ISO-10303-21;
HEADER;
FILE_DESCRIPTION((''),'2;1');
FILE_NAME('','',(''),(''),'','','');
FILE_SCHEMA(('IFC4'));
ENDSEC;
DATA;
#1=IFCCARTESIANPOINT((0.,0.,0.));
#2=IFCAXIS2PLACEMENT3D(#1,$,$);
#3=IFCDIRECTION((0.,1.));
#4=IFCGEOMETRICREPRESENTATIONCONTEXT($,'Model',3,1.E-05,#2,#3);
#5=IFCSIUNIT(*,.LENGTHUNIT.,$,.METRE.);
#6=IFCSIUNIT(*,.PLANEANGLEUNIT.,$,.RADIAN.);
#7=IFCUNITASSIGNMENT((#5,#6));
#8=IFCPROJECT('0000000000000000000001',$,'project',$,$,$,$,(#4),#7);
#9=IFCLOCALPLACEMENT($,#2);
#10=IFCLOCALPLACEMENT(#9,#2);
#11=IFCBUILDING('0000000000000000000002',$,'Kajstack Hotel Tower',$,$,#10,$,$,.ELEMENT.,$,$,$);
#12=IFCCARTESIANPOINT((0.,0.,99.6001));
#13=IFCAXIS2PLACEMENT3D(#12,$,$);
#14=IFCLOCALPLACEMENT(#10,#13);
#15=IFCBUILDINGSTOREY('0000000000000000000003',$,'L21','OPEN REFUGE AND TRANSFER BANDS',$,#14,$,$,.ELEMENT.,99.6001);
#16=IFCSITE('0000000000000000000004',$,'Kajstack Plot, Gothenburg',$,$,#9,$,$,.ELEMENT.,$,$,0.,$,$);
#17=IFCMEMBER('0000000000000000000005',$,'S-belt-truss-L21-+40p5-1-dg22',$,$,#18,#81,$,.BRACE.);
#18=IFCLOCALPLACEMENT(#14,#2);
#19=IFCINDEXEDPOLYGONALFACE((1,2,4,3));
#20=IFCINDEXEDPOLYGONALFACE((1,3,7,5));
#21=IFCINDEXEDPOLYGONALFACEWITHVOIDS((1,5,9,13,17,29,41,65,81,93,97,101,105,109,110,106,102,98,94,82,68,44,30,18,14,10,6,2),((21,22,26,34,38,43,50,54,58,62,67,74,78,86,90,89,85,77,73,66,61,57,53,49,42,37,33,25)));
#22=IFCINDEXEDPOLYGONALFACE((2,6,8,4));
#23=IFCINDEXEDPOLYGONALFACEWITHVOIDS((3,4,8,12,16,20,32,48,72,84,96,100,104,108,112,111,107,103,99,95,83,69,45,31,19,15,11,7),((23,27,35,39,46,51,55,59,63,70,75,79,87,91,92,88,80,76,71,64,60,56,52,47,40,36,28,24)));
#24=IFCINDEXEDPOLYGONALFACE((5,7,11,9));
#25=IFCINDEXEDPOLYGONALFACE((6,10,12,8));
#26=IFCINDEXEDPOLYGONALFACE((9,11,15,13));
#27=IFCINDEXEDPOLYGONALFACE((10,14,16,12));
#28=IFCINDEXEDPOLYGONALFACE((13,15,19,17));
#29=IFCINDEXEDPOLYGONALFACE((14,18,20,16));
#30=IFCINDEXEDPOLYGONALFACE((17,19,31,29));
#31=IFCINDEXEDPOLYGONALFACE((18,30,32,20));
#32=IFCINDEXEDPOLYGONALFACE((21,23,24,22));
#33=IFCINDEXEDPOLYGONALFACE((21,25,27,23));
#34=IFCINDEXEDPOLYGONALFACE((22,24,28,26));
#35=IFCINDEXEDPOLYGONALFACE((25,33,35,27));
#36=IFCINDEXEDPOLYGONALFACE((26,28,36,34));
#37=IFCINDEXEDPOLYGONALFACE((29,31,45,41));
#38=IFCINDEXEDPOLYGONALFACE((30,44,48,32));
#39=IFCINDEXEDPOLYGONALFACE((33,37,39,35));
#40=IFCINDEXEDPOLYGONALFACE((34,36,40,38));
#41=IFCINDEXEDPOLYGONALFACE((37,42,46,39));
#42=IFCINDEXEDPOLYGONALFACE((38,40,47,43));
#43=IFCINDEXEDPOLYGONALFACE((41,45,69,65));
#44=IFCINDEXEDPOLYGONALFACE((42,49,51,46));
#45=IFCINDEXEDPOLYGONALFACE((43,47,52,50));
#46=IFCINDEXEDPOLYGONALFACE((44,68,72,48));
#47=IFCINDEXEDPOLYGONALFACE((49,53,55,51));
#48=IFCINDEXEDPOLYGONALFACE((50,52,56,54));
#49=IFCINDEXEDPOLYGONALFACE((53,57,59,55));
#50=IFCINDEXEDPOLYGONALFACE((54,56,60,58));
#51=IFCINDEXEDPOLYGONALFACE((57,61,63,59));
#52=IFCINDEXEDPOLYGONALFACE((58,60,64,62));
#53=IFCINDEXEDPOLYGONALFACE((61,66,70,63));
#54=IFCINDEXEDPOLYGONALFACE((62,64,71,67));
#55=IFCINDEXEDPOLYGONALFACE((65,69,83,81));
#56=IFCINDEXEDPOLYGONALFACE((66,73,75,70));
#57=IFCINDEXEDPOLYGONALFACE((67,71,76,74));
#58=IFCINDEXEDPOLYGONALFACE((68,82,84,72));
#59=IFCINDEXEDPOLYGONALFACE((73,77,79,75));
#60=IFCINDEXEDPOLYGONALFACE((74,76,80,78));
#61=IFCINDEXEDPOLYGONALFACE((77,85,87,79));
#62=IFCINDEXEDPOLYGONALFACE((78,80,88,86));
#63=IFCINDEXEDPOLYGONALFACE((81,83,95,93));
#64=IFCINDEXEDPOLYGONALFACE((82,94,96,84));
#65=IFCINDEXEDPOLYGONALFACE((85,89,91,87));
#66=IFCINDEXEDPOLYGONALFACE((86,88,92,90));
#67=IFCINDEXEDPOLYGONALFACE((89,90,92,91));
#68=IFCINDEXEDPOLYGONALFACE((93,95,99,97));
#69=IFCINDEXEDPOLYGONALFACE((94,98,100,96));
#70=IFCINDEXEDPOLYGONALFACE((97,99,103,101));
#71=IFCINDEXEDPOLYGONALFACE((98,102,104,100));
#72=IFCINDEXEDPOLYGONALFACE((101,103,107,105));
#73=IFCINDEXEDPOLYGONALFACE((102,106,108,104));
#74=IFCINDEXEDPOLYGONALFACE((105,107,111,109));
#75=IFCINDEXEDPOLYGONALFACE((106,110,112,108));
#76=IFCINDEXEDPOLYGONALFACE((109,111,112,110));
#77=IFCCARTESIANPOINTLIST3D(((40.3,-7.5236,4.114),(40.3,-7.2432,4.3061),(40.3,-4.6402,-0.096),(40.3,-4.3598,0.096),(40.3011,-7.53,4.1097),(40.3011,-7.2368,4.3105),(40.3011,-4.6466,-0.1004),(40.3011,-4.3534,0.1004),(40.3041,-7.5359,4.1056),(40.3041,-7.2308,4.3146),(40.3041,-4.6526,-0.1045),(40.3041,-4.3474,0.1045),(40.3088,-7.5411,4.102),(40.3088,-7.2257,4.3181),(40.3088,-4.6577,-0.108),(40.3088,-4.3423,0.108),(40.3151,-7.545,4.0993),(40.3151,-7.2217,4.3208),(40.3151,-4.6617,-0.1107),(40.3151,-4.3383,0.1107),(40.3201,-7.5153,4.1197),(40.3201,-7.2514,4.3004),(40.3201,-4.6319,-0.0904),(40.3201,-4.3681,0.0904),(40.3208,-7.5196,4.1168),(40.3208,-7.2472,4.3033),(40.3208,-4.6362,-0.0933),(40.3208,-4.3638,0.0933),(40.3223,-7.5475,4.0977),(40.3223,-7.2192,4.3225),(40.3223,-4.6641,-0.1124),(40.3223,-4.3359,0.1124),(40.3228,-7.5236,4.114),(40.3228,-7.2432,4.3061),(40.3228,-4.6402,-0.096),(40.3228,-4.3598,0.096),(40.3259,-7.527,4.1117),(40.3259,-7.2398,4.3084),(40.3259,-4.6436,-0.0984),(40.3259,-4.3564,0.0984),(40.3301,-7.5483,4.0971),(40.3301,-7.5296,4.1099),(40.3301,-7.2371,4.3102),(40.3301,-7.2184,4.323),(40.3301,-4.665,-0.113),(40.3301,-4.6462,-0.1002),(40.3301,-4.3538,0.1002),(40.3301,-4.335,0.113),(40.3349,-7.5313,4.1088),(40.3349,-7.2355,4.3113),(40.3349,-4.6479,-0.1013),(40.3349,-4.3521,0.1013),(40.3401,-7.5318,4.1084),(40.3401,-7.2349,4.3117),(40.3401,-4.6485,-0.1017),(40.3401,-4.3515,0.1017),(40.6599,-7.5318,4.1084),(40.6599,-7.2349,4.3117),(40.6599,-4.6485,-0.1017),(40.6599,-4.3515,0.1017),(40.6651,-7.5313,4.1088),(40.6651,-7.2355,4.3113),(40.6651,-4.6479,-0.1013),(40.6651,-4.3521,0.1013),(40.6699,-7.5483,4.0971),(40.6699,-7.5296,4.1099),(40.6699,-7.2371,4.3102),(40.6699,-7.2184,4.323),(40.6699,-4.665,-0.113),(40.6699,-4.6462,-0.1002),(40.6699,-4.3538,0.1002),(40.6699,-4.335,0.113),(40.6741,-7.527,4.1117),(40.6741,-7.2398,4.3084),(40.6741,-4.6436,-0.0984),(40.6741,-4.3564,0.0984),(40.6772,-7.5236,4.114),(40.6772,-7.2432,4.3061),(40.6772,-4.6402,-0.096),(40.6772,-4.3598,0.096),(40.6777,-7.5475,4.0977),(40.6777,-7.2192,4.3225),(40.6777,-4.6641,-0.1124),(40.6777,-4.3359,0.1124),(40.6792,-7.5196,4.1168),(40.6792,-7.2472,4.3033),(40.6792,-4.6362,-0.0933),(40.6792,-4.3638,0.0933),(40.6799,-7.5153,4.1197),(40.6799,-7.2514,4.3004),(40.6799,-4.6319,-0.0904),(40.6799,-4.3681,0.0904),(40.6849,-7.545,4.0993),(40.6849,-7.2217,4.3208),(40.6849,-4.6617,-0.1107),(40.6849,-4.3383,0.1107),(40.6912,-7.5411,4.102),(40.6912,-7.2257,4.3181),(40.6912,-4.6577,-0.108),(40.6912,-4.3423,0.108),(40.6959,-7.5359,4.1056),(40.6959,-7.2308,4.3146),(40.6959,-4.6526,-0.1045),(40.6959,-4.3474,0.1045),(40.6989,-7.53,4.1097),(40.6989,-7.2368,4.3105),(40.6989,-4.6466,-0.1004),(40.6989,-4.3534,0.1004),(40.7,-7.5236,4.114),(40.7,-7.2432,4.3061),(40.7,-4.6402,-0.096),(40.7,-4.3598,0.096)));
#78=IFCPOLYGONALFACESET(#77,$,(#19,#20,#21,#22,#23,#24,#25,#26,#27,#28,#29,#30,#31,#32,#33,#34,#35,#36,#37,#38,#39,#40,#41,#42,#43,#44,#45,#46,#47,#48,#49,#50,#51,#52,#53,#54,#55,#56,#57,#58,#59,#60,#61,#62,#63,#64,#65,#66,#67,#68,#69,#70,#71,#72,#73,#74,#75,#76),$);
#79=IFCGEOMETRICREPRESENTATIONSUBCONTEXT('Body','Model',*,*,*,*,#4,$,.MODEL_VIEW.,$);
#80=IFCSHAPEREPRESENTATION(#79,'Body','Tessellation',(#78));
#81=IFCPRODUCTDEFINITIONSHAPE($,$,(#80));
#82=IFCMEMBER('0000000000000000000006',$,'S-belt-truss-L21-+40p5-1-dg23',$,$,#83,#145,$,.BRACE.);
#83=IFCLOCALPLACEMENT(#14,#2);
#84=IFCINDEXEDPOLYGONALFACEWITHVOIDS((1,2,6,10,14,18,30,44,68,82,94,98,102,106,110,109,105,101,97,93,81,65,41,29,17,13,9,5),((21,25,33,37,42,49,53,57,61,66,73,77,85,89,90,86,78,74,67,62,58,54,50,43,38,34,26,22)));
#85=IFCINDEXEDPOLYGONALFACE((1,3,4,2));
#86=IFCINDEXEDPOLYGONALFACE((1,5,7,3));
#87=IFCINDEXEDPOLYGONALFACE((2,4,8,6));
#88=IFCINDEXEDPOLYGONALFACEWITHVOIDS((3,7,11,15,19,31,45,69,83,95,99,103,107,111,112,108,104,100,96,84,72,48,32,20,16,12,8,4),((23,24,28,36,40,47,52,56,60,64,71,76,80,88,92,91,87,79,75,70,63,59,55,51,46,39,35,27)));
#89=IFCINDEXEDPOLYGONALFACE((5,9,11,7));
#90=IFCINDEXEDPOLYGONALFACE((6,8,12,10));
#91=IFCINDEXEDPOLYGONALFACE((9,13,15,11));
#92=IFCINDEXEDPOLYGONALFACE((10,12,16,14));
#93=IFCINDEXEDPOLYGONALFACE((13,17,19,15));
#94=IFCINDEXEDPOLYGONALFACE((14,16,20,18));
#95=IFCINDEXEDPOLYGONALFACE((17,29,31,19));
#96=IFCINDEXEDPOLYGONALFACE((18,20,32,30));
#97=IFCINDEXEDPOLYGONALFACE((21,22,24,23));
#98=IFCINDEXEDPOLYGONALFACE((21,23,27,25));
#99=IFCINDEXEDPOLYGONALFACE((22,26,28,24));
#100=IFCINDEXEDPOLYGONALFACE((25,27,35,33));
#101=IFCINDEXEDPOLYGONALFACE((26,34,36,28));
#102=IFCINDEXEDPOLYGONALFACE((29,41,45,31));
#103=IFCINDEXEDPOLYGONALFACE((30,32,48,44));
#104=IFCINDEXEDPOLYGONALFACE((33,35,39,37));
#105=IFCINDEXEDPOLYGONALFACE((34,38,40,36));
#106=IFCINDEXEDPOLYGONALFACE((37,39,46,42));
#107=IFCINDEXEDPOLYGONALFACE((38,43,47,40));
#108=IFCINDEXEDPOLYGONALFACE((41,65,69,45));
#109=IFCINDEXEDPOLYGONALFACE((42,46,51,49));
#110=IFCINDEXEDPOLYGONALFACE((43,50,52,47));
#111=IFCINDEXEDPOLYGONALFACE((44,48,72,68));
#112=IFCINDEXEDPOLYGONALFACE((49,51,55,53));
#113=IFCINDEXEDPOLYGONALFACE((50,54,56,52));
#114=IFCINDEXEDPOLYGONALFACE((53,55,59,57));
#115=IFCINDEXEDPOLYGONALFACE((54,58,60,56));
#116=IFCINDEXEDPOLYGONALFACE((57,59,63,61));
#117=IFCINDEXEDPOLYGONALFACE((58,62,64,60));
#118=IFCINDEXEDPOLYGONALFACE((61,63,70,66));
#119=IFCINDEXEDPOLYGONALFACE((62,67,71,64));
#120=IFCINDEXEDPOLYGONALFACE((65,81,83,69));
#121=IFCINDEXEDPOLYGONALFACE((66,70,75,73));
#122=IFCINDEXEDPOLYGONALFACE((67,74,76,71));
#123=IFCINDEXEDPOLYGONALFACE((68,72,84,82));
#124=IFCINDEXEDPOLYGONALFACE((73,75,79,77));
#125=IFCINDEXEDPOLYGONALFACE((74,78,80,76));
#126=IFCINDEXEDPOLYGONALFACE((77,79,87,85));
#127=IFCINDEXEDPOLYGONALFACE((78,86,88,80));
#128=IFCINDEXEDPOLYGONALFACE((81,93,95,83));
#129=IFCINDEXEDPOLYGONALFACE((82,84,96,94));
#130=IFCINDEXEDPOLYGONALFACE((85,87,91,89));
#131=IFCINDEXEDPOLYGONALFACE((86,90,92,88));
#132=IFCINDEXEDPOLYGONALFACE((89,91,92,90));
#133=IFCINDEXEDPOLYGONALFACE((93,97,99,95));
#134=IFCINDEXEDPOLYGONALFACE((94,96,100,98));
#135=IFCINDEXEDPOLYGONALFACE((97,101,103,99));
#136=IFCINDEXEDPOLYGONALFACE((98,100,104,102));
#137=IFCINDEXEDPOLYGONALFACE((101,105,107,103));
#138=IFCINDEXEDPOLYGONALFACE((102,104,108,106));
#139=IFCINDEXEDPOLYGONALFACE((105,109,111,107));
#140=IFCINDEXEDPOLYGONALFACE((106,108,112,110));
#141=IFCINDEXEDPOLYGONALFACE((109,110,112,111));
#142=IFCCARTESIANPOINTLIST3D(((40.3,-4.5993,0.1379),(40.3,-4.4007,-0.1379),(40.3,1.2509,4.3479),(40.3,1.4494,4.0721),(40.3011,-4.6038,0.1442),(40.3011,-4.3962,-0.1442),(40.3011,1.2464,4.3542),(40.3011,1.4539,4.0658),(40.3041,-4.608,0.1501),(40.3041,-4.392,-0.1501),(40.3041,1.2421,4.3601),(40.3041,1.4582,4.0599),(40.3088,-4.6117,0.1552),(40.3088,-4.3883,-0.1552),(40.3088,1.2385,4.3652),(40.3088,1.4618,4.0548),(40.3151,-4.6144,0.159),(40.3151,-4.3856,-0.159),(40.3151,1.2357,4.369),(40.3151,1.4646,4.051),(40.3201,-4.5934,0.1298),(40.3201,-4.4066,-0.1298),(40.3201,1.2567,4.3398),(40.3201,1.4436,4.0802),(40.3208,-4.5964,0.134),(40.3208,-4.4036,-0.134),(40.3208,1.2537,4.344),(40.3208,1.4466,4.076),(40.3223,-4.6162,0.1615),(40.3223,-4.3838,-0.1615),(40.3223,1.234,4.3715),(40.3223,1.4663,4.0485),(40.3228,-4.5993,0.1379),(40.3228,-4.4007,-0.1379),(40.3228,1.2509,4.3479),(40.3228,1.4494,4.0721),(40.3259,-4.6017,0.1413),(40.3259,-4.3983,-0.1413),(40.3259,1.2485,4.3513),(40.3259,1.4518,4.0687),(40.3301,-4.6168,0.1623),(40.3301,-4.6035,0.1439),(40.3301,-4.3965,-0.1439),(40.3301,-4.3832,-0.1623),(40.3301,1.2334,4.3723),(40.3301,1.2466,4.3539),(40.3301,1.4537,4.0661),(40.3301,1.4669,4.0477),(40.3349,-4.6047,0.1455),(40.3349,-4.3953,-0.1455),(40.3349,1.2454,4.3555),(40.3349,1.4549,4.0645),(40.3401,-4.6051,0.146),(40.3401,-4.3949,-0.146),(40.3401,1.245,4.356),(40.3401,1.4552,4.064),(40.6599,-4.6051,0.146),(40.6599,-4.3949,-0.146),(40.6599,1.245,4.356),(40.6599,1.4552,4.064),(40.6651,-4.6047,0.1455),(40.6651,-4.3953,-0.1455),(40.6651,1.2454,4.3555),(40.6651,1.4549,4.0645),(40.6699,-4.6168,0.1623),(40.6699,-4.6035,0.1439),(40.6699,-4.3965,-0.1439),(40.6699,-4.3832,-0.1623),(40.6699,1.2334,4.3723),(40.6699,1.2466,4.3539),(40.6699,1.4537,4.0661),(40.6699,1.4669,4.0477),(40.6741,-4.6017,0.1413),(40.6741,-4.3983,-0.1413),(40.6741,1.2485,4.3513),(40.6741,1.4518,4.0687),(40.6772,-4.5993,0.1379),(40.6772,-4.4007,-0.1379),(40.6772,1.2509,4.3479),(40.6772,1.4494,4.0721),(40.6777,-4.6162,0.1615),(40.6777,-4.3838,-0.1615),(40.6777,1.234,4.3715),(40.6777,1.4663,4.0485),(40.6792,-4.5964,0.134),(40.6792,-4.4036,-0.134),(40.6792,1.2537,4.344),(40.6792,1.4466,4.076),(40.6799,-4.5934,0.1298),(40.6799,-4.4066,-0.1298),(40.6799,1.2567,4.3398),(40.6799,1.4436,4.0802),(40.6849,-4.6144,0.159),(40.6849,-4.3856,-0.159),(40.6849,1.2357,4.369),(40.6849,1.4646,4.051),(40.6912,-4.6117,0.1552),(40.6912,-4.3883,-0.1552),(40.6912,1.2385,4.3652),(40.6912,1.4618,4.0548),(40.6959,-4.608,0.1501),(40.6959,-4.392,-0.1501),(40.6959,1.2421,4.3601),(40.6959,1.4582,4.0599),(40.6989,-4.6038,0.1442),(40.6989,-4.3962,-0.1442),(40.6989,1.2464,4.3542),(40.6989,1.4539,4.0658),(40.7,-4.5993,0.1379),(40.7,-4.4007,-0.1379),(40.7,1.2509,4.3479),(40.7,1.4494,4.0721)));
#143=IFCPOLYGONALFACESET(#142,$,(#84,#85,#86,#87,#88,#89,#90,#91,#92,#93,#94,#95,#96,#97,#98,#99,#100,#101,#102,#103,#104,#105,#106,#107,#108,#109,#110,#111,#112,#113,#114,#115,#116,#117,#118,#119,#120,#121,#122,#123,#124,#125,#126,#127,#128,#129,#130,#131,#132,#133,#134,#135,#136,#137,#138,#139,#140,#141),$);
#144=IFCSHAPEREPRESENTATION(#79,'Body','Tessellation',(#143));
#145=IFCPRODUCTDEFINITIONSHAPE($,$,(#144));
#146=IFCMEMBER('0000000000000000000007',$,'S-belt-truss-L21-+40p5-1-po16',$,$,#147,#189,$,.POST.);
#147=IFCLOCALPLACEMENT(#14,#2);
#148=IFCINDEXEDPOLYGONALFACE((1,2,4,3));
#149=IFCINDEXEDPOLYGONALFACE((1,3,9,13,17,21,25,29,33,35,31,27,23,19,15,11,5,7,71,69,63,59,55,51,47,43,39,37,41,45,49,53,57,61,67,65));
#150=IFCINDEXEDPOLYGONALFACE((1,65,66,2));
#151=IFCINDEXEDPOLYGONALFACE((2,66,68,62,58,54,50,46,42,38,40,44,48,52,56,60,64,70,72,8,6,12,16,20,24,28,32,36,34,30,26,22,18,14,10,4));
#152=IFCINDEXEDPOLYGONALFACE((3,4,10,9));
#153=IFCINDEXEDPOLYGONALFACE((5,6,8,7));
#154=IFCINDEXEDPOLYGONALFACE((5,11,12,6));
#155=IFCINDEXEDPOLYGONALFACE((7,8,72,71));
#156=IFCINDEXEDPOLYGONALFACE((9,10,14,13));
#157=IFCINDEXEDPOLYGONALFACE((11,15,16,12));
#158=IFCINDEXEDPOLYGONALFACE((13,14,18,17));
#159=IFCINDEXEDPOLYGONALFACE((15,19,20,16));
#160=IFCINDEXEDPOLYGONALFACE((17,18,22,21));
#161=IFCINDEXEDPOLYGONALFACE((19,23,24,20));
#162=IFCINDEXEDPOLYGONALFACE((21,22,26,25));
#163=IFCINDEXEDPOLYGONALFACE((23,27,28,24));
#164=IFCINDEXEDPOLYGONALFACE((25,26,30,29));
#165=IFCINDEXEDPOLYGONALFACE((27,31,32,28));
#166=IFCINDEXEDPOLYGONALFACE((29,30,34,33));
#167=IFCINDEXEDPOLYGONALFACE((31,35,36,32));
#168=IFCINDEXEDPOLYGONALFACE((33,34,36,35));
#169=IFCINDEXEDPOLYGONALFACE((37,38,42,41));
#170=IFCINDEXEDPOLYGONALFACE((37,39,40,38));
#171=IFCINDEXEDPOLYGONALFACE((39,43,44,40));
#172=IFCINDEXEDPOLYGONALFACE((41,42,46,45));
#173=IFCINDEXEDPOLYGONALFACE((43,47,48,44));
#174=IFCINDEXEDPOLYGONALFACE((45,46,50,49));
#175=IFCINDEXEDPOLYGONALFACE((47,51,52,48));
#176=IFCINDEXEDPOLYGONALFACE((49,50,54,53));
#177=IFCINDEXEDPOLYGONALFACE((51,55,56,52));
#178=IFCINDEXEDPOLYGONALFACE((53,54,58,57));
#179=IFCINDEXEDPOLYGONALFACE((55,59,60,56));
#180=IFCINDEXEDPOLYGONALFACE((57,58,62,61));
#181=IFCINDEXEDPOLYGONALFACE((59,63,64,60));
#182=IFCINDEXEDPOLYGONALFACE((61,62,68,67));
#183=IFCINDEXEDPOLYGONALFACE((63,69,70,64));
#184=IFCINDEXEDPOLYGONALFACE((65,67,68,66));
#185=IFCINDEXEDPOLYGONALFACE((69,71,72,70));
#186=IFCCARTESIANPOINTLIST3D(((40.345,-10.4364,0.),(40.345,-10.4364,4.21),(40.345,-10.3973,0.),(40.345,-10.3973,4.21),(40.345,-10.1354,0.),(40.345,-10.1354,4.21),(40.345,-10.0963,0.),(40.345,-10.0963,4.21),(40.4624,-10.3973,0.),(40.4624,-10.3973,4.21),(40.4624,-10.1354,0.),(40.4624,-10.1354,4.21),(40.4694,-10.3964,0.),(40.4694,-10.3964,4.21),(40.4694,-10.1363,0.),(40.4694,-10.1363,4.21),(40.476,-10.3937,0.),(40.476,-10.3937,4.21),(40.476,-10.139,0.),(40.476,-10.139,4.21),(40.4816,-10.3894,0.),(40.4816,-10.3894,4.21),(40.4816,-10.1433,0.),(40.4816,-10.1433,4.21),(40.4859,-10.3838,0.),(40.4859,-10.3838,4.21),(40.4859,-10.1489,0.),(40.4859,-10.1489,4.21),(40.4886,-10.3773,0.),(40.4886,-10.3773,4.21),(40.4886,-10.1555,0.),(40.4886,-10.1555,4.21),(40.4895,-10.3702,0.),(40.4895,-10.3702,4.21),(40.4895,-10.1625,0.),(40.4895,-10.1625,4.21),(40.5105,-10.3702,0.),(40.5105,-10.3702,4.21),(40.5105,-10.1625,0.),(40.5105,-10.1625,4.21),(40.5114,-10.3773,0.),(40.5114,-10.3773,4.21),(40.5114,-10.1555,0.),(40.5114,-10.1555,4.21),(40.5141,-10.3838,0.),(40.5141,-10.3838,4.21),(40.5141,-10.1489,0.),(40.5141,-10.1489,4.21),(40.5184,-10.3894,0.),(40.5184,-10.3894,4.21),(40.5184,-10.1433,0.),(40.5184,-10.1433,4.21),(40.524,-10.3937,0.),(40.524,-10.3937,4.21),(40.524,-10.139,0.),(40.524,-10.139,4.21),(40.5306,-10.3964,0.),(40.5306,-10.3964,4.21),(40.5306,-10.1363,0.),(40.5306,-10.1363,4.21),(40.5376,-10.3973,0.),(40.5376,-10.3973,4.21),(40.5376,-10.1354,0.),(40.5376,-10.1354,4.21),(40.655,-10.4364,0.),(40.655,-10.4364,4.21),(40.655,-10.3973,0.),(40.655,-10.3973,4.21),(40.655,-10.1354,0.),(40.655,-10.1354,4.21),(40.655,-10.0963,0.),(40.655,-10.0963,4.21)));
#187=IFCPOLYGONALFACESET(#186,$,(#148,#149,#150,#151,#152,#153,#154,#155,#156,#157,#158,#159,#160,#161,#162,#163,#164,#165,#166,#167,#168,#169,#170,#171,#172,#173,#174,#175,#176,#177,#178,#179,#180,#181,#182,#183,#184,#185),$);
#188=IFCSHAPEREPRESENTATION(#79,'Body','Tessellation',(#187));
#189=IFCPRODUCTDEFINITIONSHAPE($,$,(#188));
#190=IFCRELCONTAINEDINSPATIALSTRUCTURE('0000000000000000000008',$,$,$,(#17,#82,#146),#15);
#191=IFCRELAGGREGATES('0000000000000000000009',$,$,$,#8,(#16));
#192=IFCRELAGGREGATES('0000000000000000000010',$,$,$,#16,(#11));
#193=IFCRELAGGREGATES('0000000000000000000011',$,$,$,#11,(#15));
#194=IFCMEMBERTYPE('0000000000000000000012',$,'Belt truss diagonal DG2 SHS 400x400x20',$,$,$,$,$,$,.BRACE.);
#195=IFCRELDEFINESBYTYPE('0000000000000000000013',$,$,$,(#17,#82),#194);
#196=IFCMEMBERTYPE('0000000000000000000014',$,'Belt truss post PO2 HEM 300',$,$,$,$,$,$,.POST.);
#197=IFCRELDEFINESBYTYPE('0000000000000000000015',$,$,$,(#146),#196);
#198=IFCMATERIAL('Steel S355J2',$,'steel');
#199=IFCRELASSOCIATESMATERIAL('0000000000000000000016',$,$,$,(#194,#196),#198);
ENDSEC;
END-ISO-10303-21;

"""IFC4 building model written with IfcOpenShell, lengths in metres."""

from ifc_helpers import new_model, si_unit, direction, frame, origin, origin_2d, place, context, subcontext, project, spatial, hollow_rectangle, i_section, extrude, material, material_profile, profile_set, type_object, element, save


model = new_model("IFC4")

# Units and contexts
model_context = context("Model", 3, precision=1e-05, world=origin(), true_north=direction((0.0, 1.0)))
body_context = subcontext(model_context, "Body", "Model", "MODEL_VIEW")
ifc_project = project(units=[si_unit("LENGTHUNIT", "METRE"), si_unit("PLANEANGLEUNIT", "RADIAN")], contexts=[model_context])

# Site, building, storey
site_placement = place(None, origin())
site = spatial("IfcSite", under=ifc_project, at=site_placement, Name="Kajstack Plot, Gothenburg", CompositionType="ELEMENT", RefElevation=0.0)
building_placement = place(site_placement, origin())
building = spatial("IfcBuilding", under=site, at=building_placement, Name="Kajstack Hotel Tower", CompositionType="ELEMENT")
storey_placement = place(building_placement, frame((0.0, 0.0, 99.6001)))
storey = spatial("IfcBuildingStorey", under=building, at=storey_placement, Name="L21", Description="OPEN REFUGE AND TRANSFER BANDS", CompositionType="ELEMENT", Elevation=99.6001)

# Members
ifc_material = material(Name="Steel S355J2", Category="steel")
ifc_material_profile_1 = material_profile(ifc_material, hollow_rectangle(XDim=0.3999, YDim=0.3999, WallThickness=0.02, InnerFilletRadius=0.02, OuterFilletRadius=0.03, at=origin_2d()), Name="SHS 400x400x20")
ifc_profile_set_1 = profile_set([ifc_material_profile_1], Name="Steel S355J2")
member_type_1 = type_object("IfcMemberType", Name="Belt truss diagonal DG2 SHS 400x400x20", PredefinedType="BRACE", material=ifc_profile_set_1)
member_1_placement = place(storey_placement, frame((40.5, -4.5, 0.0), z_axis=(0.0, -0.565058, 0.825051), x_axis=(1.0, 0.0, 0.0)))
element("IfcMember", 1, at=member_1_placement, inside=storey, type_object=member_type_1, Name="S-belt-truss-L21-+40p5-1-dg22", PredefinedType="BRACE", context=body_context, shape_type="SweptSolid", body=[
    extrude(hollow_rectangle(XDim=0.3999, YDim=0.3999, WallThickness=0.02, InnerFilletRadius=0.02, OuterFilletRadius=0.03, at=origin_2d()), origin(), (0.0, 0.0, 1.0), 5.1028),
])
member_2_placement = place(storey_placement, frame((40.5, -4.5, 0.0), z_axis=(0.0, 0.811673, 0.584112), x_axis=(-1.0, 0.0, 0.0)))
element("IfcMember", 2, at=member_2_placement, inside=storey, type_object=member_type_1, Name="S-belt-truss-L21-+40p5-1-dg23", PredefinedType="BRACE", context=body_context, shape_type="SweptSolid", body=[
    extrude(hollow_rectangle(XDim=0.3999, YDim=0.3999, WallThickness=0.02, InnerFilletRadius=0.02, OuterFilletRadius=0.03, at=origin_2d()), origin(), (0.0, 0.0, 1.0), 7.2075),
])
ifc_material_profile_2 = material_profile(ifc_material, i_section(OverallWidth=0.3101, OverallDepth=0.3401, WebThickness=0.021, FlangeThickness=0.0391, FilletRadius=0.0271, at=origin_2d()), Name="HEM 300")
ifc_profile_set_2 = profile_set([ifc_material_profile_2], Name="Steel S355J2")
member_type_2 = type_object("IfcMemberType", Name="Belt truss post PO2 HEM 300", PredefinedType="POST", material=ifc_profile_set_2)
for number, where, z_axis, x_axis, name in (
    (3, (40.5, -10.2664, 0.0), (0.0, 0.0, 1.0), (1.0, 0.0, 0.0), "S-belt-truss-L21-+40p5-1-po16"),
):
    element("IfcMember", number, at=place(storey_placement, frame(where, z_axis=z_axis, x_axis=x_axis)), inside=storey, type_object=member_type_2, Name=name, PredefinedType="POST", context=body_context, shape_type="SweptSolid", body=[
        extrude(i_section(OverallWidth=0.3101, OverallDepth=0.3401, WebThickness=0.021, FlangeThickness=0.0391, FilletRadius=0.0271, at=origin_2d()), origin(), (0.0, 0.0, 1.0), 4.21),
    ])

save(model, "model.ifc")
